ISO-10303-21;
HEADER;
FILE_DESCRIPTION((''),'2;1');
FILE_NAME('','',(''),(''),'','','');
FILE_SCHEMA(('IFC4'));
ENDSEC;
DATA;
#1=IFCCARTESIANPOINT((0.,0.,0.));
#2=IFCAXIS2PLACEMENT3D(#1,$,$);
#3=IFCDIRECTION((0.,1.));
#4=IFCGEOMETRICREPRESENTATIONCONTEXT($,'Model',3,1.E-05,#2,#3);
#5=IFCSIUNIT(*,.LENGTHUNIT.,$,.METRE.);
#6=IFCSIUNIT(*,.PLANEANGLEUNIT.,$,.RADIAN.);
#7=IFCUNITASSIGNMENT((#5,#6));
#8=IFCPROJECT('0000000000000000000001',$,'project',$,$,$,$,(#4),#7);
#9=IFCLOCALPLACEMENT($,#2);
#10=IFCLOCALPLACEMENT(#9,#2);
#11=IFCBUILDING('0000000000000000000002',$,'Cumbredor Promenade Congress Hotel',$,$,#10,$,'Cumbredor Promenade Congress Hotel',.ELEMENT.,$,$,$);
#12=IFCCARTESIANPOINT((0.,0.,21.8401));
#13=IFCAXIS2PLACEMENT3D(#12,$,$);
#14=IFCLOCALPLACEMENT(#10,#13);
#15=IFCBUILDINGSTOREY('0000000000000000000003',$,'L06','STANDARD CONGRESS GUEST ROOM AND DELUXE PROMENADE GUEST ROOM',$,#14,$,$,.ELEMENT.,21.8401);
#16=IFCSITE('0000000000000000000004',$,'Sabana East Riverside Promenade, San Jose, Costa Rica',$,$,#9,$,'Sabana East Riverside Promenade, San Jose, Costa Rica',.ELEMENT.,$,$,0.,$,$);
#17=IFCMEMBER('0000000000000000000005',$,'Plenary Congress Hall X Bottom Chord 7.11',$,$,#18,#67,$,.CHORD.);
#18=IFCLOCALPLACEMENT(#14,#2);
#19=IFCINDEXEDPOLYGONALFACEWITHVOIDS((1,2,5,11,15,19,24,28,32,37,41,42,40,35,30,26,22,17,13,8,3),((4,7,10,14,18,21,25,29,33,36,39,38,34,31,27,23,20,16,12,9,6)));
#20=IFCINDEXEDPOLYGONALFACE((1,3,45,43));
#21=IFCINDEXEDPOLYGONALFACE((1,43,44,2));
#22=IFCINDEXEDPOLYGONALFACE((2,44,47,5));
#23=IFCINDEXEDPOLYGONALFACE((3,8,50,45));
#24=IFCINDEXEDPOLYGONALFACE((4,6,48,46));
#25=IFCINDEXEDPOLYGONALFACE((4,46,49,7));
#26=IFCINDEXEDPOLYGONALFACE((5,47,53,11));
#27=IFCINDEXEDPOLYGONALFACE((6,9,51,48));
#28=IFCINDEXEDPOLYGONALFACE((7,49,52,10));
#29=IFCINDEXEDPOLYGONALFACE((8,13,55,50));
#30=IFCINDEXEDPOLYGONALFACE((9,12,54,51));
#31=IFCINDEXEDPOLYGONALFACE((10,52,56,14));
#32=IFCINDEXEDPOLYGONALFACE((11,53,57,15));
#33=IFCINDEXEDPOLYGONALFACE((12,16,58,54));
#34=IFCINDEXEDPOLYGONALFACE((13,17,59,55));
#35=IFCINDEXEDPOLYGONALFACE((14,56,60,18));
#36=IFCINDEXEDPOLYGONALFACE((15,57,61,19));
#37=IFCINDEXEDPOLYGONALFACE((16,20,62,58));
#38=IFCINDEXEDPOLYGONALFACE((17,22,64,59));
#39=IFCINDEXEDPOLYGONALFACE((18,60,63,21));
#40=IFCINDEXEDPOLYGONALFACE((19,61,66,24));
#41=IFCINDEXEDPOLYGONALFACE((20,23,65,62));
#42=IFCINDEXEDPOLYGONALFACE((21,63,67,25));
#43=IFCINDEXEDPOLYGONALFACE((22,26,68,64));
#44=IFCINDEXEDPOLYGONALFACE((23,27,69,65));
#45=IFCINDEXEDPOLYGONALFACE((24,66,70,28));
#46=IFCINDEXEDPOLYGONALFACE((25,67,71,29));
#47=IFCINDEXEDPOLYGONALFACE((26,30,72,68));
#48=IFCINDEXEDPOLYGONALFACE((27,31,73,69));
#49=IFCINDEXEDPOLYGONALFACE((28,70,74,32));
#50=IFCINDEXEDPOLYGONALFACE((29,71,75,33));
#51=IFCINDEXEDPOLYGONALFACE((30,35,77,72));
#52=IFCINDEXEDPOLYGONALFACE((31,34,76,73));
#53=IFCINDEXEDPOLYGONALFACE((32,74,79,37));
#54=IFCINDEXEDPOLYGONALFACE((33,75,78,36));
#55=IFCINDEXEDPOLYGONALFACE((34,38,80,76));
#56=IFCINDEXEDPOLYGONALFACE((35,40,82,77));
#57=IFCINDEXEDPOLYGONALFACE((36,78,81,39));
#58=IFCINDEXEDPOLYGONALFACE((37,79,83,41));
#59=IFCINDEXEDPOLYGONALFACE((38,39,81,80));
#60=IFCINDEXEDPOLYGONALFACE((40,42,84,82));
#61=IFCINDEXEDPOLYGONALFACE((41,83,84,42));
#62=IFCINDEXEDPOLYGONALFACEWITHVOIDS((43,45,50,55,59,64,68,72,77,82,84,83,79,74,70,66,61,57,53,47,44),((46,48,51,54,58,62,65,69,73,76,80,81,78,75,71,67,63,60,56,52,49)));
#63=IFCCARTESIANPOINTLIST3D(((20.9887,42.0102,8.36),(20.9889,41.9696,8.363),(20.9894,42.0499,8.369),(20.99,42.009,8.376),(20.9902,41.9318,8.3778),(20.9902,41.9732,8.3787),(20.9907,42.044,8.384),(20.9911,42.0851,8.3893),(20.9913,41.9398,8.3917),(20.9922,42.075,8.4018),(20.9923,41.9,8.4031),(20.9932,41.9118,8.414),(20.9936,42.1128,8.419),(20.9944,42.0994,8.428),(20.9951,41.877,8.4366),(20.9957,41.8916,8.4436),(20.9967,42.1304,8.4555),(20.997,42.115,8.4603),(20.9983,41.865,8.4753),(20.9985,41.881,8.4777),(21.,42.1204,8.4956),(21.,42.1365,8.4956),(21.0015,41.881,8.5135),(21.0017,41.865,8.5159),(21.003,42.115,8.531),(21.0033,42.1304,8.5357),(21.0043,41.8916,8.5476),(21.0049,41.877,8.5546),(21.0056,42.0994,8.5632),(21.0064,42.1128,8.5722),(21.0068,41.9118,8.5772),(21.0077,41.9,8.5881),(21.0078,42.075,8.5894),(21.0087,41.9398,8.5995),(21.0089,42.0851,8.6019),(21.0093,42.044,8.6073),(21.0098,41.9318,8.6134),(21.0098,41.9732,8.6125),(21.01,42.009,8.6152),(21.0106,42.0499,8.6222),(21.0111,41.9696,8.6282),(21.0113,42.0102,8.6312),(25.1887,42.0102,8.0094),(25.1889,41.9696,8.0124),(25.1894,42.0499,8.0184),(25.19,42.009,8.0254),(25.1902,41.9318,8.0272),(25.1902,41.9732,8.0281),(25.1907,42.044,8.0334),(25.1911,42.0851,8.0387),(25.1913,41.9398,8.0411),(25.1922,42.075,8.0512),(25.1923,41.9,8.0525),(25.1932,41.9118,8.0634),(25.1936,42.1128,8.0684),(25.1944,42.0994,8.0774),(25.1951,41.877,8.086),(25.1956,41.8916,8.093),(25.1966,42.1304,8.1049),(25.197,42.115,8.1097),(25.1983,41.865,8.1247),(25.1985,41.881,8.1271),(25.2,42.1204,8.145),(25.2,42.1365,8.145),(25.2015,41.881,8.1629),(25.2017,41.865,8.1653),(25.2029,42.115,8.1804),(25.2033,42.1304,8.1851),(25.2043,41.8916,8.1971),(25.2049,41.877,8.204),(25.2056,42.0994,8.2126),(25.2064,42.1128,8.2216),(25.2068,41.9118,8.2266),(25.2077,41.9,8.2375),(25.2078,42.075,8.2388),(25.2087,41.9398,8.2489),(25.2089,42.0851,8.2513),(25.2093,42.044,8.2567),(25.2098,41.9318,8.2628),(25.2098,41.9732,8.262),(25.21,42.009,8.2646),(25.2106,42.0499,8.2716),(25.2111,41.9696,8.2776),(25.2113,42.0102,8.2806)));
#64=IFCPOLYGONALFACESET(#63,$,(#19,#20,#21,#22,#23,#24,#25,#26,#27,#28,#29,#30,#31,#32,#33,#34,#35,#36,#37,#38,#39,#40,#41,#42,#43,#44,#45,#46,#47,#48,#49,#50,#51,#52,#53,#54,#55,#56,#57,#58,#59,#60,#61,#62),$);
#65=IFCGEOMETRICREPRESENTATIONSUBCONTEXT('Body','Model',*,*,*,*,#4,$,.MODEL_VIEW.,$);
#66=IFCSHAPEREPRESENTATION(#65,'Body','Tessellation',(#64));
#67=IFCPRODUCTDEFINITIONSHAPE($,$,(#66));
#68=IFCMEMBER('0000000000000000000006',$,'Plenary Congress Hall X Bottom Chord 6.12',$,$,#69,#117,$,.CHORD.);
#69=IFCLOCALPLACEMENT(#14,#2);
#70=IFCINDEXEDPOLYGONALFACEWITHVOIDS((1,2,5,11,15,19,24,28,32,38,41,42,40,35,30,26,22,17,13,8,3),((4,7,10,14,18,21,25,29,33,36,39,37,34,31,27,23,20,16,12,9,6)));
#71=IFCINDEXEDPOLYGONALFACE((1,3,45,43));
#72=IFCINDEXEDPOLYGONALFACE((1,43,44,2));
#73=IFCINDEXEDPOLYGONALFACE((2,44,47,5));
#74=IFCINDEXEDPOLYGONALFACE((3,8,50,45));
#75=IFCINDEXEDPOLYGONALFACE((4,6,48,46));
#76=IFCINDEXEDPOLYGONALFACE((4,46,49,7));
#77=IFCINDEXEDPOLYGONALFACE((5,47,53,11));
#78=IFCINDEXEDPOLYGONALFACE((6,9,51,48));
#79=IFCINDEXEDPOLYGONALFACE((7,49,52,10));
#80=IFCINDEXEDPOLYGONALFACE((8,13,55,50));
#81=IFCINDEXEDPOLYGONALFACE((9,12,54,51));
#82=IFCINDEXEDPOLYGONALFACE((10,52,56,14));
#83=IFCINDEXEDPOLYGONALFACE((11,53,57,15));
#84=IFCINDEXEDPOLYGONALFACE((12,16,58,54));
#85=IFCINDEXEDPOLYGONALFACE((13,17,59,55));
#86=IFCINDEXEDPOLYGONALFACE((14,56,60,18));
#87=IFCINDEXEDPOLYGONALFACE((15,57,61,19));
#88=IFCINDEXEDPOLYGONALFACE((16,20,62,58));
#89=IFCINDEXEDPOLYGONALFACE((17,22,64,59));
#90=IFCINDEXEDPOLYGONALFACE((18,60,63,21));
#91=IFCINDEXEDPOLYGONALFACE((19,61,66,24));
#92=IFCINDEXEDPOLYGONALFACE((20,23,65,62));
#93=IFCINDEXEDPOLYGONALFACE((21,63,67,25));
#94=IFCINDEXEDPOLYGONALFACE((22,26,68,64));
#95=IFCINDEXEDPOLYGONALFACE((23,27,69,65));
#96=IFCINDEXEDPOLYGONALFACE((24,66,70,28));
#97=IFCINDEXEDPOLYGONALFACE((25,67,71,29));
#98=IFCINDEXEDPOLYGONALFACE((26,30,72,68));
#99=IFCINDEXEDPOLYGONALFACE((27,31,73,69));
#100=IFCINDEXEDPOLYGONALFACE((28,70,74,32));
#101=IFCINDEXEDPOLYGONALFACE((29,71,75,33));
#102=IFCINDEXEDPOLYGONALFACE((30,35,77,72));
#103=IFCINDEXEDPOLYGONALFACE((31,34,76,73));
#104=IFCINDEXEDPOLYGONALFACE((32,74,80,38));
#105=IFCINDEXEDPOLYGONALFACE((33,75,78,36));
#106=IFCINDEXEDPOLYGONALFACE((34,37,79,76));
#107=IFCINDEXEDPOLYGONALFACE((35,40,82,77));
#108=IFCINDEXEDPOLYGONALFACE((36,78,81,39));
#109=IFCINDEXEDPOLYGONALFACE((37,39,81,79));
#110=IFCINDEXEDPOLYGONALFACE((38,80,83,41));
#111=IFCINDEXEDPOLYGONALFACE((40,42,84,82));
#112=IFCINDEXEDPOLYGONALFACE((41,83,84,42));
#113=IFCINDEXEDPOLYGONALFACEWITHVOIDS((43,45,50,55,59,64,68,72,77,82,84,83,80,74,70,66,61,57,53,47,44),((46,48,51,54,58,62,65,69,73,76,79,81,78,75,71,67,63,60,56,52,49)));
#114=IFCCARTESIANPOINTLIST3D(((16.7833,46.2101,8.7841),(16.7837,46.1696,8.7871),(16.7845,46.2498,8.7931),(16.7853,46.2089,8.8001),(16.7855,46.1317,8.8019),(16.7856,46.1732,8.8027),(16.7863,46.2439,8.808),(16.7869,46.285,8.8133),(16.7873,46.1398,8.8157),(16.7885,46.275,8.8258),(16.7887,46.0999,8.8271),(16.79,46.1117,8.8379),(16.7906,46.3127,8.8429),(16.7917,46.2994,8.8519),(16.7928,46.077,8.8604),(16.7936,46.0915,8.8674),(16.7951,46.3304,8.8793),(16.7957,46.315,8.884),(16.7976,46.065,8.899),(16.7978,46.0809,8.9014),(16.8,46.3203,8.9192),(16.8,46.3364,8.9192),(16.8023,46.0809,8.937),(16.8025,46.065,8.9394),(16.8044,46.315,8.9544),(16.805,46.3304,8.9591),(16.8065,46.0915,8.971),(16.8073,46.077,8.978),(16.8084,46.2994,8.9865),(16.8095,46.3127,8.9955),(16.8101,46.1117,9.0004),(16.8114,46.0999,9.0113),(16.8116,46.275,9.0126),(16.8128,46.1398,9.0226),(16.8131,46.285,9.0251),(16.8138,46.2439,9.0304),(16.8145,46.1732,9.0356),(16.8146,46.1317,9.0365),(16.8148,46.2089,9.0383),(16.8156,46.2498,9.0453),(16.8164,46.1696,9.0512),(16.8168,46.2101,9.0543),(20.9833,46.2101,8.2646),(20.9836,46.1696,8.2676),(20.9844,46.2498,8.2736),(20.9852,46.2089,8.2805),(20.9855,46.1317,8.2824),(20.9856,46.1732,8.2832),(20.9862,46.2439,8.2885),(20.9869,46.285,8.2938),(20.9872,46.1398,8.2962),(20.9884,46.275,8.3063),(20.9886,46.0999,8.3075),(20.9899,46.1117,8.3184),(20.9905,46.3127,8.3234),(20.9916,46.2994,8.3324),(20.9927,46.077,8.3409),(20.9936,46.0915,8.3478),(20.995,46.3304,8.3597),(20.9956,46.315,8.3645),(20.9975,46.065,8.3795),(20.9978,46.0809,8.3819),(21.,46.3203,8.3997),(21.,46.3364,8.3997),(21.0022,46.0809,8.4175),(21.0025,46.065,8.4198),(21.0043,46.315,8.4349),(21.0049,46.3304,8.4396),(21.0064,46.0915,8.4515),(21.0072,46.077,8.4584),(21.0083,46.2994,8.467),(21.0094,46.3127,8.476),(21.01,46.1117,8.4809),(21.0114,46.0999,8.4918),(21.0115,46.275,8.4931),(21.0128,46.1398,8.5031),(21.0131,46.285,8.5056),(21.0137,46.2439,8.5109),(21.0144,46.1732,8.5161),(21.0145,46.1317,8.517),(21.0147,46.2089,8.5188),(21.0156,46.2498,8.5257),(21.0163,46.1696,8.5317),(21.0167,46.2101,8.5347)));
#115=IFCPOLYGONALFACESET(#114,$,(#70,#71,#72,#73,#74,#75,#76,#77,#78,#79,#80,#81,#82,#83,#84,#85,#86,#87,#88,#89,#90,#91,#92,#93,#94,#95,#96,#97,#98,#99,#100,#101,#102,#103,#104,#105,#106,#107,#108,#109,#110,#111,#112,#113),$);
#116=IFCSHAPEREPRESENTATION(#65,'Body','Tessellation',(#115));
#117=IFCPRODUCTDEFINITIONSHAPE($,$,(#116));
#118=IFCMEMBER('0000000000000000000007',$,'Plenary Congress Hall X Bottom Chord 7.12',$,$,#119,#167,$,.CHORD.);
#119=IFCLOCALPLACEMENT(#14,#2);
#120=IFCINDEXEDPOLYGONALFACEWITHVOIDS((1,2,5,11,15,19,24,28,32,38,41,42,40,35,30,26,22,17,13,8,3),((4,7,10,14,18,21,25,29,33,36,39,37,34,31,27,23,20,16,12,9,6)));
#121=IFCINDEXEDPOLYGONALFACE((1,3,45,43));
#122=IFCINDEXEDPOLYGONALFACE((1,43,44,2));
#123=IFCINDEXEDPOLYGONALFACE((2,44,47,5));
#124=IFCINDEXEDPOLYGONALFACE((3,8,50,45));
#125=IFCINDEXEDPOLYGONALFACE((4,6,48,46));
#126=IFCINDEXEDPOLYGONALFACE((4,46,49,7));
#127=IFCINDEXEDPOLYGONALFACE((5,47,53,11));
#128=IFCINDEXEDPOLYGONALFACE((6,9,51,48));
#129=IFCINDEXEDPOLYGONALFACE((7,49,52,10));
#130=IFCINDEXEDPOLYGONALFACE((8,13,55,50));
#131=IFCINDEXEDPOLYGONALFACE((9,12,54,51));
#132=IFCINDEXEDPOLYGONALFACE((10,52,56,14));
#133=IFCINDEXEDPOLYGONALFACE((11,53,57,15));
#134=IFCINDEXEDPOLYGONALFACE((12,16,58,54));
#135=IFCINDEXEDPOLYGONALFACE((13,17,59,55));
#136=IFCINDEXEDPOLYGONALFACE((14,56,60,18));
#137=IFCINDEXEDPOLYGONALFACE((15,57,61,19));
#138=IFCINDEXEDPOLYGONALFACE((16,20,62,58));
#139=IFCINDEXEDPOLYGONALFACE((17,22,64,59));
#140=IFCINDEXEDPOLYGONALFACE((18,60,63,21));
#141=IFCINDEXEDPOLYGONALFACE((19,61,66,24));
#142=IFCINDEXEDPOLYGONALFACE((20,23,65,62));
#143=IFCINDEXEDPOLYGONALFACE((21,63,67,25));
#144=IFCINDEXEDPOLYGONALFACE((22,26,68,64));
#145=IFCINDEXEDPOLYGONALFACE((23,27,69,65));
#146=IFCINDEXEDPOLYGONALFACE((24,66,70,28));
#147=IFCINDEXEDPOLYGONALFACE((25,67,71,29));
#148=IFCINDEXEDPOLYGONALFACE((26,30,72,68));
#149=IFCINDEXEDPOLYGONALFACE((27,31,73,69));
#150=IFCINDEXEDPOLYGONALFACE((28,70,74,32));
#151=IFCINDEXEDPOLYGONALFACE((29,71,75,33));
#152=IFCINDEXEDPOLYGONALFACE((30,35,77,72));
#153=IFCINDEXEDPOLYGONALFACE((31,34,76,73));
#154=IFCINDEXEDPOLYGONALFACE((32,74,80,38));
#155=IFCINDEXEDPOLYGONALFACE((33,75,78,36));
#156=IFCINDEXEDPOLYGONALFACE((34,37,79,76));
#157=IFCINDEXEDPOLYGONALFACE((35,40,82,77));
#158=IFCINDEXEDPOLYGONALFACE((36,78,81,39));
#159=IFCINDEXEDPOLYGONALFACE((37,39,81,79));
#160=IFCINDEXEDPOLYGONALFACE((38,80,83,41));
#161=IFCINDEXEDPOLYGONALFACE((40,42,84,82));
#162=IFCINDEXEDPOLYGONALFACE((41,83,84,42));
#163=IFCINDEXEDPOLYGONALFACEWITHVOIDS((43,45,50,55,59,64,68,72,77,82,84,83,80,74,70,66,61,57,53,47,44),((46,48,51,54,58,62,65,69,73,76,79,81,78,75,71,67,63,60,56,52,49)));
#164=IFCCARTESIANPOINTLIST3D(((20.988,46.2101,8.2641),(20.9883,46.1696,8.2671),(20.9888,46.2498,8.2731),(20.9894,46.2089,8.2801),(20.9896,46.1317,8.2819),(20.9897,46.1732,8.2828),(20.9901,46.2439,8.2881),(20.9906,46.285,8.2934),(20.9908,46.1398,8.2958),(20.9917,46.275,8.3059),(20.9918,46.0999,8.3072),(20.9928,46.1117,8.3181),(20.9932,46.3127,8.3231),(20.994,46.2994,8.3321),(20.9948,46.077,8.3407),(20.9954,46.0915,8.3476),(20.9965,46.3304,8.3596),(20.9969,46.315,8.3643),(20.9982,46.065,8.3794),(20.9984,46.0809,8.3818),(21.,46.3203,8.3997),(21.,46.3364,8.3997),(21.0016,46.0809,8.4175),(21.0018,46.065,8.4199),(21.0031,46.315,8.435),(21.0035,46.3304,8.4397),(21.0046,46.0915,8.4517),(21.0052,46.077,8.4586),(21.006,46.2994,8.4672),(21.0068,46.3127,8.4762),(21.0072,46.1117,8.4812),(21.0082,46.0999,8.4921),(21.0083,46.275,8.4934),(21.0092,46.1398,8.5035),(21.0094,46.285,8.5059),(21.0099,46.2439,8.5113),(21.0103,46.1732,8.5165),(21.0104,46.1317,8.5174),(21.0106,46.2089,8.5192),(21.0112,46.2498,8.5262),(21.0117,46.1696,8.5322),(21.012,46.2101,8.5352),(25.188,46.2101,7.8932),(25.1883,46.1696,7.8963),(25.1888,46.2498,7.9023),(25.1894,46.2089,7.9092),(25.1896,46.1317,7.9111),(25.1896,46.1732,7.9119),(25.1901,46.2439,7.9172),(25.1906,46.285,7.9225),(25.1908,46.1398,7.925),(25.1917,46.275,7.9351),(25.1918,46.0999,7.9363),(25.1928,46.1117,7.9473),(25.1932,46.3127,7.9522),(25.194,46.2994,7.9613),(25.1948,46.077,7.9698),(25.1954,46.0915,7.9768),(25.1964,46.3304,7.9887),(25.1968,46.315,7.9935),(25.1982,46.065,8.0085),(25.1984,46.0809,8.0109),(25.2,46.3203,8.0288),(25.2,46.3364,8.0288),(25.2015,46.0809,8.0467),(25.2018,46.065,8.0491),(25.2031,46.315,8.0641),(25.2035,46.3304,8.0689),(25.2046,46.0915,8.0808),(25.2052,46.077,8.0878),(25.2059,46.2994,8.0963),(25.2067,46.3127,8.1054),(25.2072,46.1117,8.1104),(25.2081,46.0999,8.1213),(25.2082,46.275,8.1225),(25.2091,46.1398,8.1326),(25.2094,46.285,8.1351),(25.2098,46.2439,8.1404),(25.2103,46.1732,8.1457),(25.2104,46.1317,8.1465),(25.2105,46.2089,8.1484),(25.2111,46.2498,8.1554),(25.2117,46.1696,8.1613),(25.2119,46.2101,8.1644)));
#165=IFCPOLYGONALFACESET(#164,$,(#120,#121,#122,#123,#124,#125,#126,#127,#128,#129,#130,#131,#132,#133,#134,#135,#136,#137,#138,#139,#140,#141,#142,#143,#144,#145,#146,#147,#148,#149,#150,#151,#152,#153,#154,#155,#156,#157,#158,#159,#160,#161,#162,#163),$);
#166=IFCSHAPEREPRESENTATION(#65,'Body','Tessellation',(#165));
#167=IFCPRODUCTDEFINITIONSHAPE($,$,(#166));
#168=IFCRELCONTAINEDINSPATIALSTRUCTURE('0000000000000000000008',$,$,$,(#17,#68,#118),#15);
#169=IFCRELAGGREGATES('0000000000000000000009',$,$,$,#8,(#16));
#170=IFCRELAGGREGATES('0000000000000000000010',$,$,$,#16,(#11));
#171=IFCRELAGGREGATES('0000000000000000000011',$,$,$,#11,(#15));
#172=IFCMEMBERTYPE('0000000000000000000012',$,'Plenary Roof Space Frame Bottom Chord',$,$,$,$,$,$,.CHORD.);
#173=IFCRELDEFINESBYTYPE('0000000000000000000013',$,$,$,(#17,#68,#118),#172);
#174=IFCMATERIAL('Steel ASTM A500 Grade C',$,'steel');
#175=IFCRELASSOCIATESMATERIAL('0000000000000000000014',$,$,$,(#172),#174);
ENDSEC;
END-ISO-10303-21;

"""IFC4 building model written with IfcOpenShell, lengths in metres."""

from ifc_helpers import new_model, si_unit, direction, frame, origin, origin_2d, place, context, subcontext, project, spatial, hollow_circle, extrude, material, material_profile, profile_set, type_object, element, save


model = new_model("IFC4")

# Units and contexts
model_context = context("Model", 3, precision=1e-05, world=origin(), true_north=direction((0.0, 1.0)))
body_context = subcontext(model_context, "Body", "Model", "MODEL_VIEW")
ifc_project = project(units=[si_unit("LENGTHUNIT", "METRE"), si_unit("PLANEANGLEUNIT", "RADIAN")], contexts=[model_context])

# Site, building, storey
site_placement = place(None, origin())
site = spatial("IfcSite", under=ifc_project, at=site_placement, Name="Sabana East Riverside Promenade, San Jose, Costa Rica", LongName="Sabana East Riverside Promenade, San Jose, Costa Rica", CompositionType="ELEMENT", RefElevation=0.0)
building_placement = place(site_placement, origin())
building = spatial("IfcBuilding", under=site, at=building_placement, Name="Cumbredor Promenade Congress Hotel", LongName="Cumbredor Promenade Congress Hotel", CompositionType="ELEMENT")
storey_placement = place(building_placement, frame((0.0, 0.0, 21.8401)))
storey = spatial("IfcBuildingStorey", under=building, at=storey_placement, Name="L06", Description="STANDARD CONGRESS GUEST ROOM AND DELUXE PROMENADE GUEST ROOM", CompositionType="ELEMENT", Elevation=21.8401)

# Members
ifc_material_1 = material(Name="Steel ASTM A500 Grade C", Category="steel")
ifc_material_profile_1 = material_profile(ifc_material_1, hollow_circle(Radius=0.1365, WallThickness=0.0161, at=origin_2d()), Name="CHS 273.0x16")
ifc_profile_set_1 = profile_set([ifc_material_profile_1], Name="Steel ASTM A500 Grade C")
member_type_1 = type_object("IfcMemberType", Name="Plenary Roof Space Frame Bottom Chord", PredefinedType="CHORD", material=ifc_profile_set_1)
member_1_placement = place(storey_placement, frame((21.0, 42.0, 8.4956), z_axis=(0.996534, 0.0, -0.083185), x_axis=(0.0, 1.0, 0.0)))
element("IfcMember", 1, at=member_1_placement, inside=storey, type_object=member_type_1, Name="Plenary Congress Hall X Bottom Chord 7.11", PredefinedType="CHORD", context=body_context, shape_type="SweptSolid", body=[
    extrude(hollow_circle(Radius=0.1365, WallThickness=0.0161, at=origin_2d()), origin(), (0.0, 0.0, 1.0), 4.2146),
])
member_2_placement = place(storey_placement, frame((16.8, 46.2, 8.9192), z_axis=(0.992436, 0.0, -0.122764), x_axis=(0.0, 1.0, 0.0)))
element("IfcMember", 2, at=member_2_placement, inside=storey, type_object=member_type_1, Name="Plenary Congress Hall X Bottom Chord 6.12", PredefinedType="CHORD", context=body_context, shape_type="SweptSolid", body=[
    extrude(hollow_circle(Radius=0.1365, WallThickness=0.0161, at=origin_2d()), origin(), (0.0, 0.0, 1.0), 4.2319),
])
member_3_placement = place(storey_placement, frame((21.0, 46.2, 8.3997), z_axis=(0.996124, 0.0, -0.087956), x_axis=(0.0, 1.0, 0.0)))
element("IfcMember", 3, at=member_3_placement, inside=storey, type_object=member_type_1, Name="Plenary Congress Hall X Bottom Chord 7.12", PredefinedType="CHORD", context=body_context, shape_type="SweptSolid", body=[
    extrude(hollow_circle(Radius=0.1365, WallThickness=0.0161, at=origin_2d()), origin(), (0.0, 0.0, 1.0), 4.2163),
])

save(model, "model.ifc")
